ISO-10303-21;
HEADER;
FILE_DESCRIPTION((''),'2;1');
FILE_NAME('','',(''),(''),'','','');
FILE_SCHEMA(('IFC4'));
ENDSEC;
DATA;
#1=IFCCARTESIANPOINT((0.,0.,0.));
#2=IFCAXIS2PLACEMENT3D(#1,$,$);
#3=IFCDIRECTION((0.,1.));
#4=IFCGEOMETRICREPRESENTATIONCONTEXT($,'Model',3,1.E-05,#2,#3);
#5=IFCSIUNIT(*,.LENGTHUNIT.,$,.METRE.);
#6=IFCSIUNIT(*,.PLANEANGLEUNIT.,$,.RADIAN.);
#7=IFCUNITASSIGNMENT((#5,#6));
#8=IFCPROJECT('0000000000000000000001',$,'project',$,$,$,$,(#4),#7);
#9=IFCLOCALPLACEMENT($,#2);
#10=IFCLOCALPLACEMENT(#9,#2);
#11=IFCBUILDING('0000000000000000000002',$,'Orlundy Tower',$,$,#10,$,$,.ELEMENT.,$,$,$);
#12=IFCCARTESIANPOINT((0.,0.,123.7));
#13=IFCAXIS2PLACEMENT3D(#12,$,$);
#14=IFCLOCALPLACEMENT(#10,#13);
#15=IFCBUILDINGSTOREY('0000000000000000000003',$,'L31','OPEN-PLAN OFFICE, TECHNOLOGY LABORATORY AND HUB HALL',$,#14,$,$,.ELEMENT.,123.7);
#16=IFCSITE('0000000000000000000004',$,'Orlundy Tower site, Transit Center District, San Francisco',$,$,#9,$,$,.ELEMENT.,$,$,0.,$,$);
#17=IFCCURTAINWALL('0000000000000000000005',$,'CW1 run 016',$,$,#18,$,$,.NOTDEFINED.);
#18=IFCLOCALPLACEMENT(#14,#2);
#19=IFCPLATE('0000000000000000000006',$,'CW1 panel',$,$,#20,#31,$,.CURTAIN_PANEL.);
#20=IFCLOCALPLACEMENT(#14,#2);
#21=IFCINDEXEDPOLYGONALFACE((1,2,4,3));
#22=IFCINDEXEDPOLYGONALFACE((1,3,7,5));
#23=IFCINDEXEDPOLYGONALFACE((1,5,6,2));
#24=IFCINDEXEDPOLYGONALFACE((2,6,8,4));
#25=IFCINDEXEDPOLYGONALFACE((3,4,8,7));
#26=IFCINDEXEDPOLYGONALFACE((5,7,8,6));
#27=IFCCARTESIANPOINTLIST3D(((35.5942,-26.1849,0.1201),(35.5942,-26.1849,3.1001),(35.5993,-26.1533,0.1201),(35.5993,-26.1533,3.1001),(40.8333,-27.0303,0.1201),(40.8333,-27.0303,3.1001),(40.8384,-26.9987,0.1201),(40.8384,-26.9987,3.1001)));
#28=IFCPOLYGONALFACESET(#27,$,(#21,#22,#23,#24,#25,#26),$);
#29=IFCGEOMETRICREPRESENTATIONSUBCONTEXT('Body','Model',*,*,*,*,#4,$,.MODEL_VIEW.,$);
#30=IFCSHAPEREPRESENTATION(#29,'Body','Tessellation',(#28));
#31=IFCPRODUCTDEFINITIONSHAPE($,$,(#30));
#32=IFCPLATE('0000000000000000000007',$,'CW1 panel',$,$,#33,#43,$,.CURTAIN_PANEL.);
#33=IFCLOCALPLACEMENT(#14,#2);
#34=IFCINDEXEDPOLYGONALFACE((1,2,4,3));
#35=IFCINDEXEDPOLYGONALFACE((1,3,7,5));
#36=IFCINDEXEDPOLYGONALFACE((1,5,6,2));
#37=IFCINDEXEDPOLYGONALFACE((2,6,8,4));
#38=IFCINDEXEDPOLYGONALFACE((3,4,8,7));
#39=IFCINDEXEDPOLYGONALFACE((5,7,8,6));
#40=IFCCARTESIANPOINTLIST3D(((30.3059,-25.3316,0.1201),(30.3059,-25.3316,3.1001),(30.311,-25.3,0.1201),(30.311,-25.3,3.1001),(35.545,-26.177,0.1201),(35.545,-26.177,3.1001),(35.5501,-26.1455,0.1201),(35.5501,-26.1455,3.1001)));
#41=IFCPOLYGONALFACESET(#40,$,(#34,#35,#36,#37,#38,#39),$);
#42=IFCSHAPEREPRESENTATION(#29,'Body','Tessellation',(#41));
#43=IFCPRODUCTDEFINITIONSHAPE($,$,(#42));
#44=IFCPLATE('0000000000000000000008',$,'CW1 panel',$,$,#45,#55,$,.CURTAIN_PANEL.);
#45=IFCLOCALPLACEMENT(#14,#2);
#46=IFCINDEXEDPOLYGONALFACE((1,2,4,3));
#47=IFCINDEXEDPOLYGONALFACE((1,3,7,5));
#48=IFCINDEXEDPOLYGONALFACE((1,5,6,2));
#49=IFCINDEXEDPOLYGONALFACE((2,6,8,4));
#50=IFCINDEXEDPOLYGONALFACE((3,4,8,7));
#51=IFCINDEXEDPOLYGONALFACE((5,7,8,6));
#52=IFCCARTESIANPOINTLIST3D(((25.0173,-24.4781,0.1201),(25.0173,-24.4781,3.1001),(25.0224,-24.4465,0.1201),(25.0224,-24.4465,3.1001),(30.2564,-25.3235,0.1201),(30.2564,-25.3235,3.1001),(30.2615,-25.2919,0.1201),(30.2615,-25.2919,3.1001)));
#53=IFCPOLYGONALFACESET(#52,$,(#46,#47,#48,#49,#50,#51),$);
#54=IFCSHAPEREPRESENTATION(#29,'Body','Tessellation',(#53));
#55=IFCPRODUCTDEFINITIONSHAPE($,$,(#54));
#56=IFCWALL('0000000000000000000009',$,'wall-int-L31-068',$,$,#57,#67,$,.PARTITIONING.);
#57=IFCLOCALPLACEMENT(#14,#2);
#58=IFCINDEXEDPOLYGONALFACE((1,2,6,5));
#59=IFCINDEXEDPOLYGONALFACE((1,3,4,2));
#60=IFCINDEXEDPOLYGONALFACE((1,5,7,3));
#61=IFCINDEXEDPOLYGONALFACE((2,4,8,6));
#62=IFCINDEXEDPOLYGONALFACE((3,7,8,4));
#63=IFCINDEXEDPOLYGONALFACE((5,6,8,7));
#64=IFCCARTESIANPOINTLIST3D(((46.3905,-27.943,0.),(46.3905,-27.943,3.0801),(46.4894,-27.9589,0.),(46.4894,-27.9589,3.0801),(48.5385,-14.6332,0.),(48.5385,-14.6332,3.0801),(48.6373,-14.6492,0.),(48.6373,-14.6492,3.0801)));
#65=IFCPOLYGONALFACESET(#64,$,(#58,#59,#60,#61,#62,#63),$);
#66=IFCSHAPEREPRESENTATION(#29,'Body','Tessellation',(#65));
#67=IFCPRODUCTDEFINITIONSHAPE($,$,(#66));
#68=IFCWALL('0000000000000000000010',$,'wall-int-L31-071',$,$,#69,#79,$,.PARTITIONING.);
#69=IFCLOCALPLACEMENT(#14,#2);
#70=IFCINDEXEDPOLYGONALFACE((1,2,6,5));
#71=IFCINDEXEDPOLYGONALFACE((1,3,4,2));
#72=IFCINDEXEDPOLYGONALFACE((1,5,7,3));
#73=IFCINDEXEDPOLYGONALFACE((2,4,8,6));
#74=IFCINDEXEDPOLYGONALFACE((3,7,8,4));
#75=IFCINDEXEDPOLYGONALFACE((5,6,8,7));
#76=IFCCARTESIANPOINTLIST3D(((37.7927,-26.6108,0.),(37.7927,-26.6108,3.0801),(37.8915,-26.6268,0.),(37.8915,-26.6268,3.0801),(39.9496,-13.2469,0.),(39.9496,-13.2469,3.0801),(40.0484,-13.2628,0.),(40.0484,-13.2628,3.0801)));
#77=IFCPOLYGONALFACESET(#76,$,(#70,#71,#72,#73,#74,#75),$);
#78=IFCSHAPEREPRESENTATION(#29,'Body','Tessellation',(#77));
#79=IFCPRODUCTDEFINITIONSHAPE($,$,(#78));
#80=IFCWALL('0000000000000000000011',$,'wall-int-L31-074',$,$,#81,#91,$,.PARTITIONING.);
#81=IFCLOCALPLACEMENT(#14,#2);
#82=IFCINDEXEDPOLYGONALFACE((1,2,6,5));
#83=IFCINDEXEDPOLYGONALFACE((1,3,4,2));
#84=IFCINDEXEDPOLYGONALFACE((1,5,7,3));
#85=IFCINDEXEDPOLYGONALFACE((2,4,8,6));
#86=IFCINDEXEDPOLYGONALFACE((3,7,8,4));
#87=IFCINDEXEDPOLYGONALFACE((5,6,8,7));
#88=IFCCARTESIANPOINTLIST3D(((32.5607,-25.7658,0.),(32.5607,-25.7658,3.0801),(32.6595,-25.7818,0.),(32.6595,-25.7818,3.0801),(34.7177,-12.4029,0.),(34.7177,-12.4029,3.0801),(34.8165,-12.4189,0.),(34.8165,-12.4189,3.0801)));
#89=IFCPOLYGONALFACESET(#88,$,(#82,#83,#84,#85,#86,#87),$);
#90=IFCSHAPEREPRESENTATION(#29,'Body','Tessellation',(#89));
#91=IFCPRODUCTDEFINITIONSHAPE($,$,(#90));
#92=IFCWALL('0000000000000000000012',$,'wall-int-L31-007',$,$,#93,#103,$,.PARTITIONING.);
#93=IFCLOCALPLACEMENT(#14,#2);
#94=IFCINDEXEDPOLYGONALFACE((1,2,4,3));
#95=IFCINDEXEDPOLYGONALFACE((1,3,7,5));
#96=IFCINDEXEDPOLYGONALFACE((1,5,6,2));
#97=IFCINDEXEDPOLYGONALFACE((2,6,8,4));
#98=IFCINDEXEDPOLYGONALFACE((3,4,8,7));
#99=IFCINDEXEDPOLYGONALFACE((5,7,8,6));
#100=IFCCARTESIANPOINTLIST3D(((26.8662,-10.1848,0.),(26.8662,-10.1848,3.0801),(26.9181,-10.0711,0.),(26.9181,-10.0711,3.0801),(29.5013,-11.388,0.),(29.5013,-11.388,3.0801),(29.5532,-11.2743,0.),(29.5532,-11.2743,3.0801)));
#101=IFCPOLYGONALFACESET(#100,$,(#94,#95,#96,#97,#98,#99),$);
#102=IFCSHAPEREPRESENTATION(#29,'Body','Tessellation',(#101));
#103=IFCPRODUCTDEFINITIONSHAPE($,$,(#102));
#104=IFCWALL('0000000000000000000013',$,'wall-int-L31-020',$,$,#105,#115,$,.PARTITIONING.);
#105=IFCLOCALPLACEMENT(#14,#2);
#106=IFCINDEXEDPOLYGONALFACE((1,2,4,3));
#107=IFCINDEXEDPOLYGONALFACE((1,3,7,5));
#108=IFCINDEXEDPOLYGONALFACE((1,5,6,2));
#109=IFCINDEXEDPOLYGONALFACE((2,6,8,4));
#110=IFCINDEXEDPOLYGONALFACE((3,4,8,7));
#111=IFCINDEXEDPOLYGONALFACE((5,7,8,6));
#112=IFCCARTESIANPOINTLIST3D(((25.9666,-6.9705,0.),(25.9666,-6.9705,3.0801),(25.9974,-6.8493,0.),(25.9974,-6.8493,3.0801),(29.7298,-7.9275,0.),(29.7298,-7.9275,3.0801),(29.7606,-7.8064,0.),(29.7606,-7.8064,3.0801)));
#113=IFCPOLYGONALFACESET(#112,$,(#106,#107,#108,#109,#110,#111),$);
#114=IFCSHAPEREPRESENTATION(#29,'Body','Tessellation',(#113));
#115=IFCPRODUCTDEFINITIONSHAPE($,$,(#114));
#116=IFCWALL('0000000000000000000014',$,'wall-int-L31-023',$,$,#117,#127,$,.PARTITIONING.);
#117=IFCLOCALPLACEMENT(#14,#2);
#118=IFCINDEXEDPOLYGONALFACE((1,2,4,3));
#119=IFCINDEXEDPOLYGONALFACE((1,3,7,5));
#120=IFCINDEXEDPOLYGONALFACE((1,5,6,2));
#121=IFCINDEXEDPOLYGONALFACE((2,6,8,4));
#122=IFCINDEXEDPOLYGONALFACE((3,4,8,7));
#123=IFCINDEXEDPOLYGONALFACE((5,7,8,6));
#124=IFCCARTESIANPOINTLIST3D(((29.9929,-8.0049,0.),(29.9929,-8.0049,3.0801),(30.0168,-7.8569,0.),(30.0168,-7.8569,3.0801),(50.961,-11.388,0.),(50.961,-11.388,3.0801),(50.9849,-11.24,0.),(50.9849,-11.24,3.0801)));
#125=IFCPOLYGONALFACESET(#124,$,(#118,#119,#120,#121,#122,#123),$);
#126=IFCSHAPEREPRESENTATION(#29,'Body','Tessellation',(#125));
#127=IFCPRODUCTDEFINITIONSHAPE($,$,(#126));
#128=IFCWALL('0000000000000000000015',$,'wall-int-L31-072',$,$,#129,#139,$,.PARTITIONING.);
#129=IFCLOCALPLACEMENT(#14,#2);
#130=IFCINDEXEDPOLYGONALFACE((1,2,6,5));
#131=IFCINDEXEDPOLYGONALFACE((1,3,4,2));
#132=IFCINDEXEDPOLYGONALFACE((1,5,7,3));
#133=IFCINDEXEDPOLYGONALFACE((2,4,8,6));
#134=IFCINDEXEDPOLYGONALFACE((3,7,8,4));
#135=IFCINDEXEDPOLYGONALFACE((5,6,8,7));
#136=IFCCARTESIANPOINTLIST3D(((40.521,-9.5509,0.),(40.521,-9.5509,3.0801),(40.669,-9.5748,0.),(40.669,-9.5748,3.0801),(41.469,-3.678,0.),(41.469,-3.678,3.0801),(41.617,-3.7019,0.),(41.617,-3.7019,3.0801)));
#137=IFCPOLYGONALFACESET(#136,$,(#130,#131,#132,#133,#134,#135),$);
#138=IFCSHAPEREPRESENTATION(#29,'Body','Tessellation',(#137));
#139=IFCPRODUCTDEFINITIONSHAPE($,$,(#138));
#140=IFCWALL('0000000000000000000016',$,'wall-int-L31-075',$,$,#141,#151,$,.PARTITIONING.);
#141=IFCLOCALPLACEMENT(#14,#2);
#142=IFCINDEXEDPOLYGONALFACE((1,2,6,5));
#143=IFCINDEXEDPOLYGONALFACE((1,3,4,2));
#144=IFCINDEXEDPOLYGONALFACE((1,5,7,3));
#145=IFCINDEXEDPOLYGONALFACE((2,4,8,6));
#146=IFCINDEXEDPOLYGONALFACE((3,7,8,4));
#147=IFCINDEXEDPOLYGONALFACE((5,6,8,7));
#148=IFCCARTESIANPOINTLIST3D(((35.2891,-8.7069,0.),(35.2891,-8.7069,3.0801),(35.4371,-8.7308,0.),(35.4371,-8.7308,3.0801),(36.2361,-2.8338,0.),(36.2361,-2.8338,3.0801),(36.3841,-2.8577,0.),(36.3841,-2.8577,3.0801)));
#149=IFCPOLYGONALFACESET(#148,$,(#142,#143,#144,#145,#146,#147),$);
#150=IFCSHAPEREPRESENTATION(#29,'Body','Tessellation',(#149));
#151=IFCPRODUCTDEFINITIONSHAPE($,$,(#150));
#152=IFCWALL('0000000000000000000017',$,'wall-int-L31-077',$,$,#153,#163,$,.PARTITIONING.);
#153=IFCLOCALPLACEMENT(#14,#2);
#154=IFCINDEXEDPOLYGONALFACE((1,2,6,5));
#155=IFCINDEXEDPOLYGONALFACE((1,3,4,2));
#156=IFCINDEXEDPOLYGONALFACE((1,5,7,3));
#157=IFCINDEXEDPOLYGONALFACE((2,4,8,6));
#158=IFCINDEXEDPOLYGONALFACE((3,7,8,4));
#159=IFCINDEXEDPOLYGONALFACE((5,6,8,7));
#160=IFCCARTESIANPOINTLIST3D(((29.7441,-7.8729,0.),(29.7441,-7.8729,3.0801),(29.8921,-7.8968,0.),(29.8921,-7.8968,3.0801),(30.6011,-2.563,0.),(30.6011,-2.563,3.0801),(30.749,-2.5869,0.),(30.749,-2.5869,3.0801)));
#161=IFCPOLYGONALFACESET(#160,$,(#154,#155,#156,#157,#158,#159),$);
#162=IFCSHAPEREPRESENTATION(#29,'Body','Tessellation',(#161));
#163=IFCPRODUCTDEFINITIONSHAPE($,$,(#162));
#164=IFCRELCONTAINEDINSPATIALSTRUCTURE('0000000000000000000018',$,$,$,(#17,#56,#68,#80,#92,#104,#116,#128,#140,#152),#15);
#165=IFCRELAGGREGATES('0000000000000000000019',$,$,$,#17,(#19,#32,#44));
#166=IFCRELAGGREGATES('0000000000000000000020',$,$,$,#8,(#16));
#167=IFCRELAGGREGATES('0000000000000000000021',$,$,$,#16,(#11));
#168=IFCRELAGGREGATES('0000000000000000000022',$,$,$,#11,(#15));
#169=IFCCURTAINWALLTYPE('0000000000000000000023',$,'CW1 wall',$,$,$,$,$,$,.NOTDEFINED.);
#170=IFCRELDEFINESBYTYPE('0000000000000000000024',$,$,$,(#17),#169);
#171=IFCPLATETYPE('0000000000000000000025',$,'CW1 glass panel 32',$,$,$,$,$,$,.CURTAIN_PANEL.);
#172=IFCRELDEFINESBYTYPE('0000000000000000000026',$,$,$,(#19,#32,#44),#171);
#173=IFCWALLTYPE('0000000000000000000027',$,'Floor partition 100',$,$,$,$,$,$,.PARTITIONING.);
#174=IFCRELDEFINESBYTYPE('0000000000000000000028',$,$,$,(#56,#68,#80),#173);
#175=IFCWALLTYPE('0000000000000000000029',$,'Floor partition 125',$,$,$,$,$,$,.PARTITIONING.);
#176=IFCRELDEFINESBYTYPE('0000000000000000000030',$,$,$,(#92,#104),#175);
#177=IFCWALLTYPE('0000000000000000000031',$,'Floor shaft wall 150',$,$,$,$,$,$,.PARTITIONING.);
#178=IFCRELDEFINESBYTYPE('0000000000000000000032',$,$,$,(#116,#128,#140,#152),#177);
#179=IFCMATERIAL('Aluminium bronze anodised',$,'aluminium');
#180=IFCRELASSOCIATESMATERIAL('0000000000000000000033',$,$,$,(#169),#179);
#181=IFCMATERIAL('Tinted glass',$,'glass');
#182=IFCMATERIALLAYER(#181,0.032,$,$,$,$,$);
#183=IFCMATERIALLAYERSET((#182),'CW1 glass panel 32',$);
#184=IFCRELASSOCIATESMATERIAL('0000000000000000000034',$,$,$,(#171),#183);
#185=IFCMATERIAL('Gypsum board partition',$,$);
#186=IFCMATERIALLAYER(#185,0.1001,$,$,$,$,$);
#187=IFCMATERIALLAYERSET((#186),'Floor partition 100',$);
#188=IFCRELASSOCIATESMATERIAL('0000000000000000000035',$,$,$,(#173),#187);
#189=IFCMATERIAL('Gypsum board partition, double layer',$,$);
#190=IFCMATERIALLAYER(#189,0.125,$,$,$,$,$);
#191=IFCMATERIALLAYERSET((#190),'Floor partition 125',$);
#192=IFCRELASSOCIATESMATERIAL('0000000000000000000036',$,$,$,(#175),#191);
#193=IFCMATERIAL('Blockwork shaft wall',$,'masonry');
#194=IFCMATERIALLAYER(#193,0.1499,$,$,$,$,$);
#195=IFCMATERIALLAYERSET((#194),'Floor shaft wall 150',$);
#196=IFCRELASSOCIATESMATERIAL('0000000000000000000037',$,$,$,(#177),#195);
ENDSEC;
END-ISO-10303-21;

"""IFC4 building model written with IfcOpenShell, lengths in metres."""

from ifc_helpers import new_model, si_unit, direction, frame, frame_2d, origin, origin_2d, place, context, subcontext, project, spatial, rectangle, extrude, material, layer, layer_set, type_object, element, aggregate, save


model = new_model("IFC4")

# Units and contexts
model_context = context("Model", 3, precision=1e-05, world=origin(), true_north=direction((0.0, 1.0)))
body_context = subcontext(model_context, "Body", "Model", "MODEL_VIEW")
ifc_project = project(units=[si_unit("LENGTHUNIT", "METRE"), si_unit("PLANEANGLEUNIT", "RADIAN")], contexts=[model_context])

# Site, building, storey
site_placement = place(None, origin())
site = spatial("IfcSite", under=ifc_project, at=site_placement, Name="Orlundy Tower site, Transit Center District, San Francisco", CompositionType="ELEMENT", RefElevation=0.0)
building_placement = place(site_placement, origin())
building = spatial("IfcBuilding", under=site, at=building_placement, Name="Orlundy Tower", CompositionType="ELEMENT")
storey_placement = place(building_placement, frame((0.0, 0.0, 123.7)))
storey = spatial("IfcBuildingStorey", under=building, at=storey_placement, Name="L31", Description="OPEN-PLAN OFFICE, TECHNOLOGY LABORATORY AND HUB HALL", CompositionType="ELEMENT", Elevation=123.7)

# Curtain wall
ifc_material_1 = material(Name="Aluminium bronze anodised", Category="aluminium")
curtain_wall_type = type_object("IfcCurtainWallType", Name="CW1 wall", PredefinedType="NOTDEFINED", material=ifc_material_1)
curtain_wall_1_placement = place(storey_placement, origin())
curtain_wall_1 = element("IfcCurtainWall", 1, at=curtain_wall_1_placement, inside=storey, type_object=curtain_wall_type, Name="CW1 run 016", PredefinedType="NOTDEFINED")

# Shared definitions
ifc_material_2 = material(Name="Tinted glass", Category="glass")
ifc_layer_1 = layer(ifc_material_2, 0.032)
ifc_layer_set_1 = layer_set([ifc_layer_1], Name="CW1 glass panel 32")
plate_type = type_object("IfcPlateType", Name="CW1 glass panel 32", PredefinedType="CURTAIN_PANEL", material=ifc_layer_set_1)

# Plates
plate_1_placement = place(storey_placement, frame((38.2163, -26.5918, 0.1201), z_axis=(0.0, 0.0, 1.0), x_axis=(-0.987228, 0.159311, 0.0)))
plate_1 = element("IfcPlate", 2, at=plate_1_placement, type_object=plate_type, Name="CW1 panel", PredefinedType="CURTAIN_PANEL", context=body_context, shape_type="SweptSolid", body=[
    extrude(rectangle(XDim=5.3069, YDim=0.032, at=origin_2d()), origin(), (0.0, 0.0, 1.0), 2.98),
])
plate_2_placement = place(storey_placement, frame((32.928, -25.7385, 0.1201), z_axis=(0.0, 0.0, 1.0), x_axis=(-0.987228, 0.159311, 0.0)))
plate_2 = element("IfcPlate", 3, at=plate_2_placement, type_object=plate_type, Name="CW1 panel", PredefinedType="CURTAIN_PANEL", context=body_context, shape_type="SweptSolid", body=[
    extrude(rectangle(XDim=5.3069, YDim=0.032, at=origin_2d()), origin(), (0.0, 0.0, 1.0), 2.98),
])
plate_3_placement = place(storey_placement, frame((27.6394, -24.885, 0.1201), z_axis=(0.0, 0.0, 1.0), x_axis=(-0.987228, 0.159311, 0.0)))
plate_3 = element("IfcPlate", 4, at=plate_3_placement, type_object=plate_type, Name="CW1 panel", PredefinedType="CURTAIN_PANEL", context=body_context, shape_type="SweptSolid", body=[
    extrude(rectangle(XDim=5.3069, YDim=0.032, at=origin_2d()), origin(), (0.0, 0.0, 1.0), 2.98),
])
aggregate(curtain_wall_1, [plate_1, plate_2, plate_3])

# Walls
ifc_material_3 = material(Name="Gypsum board partition")
ifc_layer_2 = layer(ifc_material_3, 0.1001)
ifc_layer_set_2 = layer_set([ifc_layer_2], Name="Floor partition 100")
wall_type_1 = type_object("IfcWallType", Name="Floor partition 100", PredefinedType="PARTITIONING", material=ifc_layer_set_2)
wall_1_placement = place(storey_placement, frame((46.4399, -27.9509, 0.0), z_axis=(0.0, 0.0, 1.0), x_axis=(0.15932, 0.987227, 0.0)))
element("IfcWall", 5, at=wall_1_placement, inside=storey, type_object=wall_type_1, Name="wall-int-L31-068", PredefinedType="PARTITIONING", context=body_context, shape_type="SweptSolid", body=[
    extrude(rectangle(XDim=13.4819, YDim=0.1001, at=frame_2d((6.741, 0.0))), origin(), (0.0, 0.0, 1.0), 3.0801),
])
wall_2_placement = place(storey_placement, frame((37.842, -26.6189, 0.0), z_axis=(0.0, 0.0, 1.0), x_axis=(0.15934, 0.987224, 0.0)))
element("IfcWall", 6, at=wall_2_placement, inside=storey, type_object=wall_type_1, Name="wall-int-L31-071", PredefinedType="PARTITIONING", context=body_context, shape_type="SweptSolid", body=[
    extrude(rectangle(XDim=13.5369, YDim=0.1001, at=frame_2d((6.7686, 0.0))), origin(), (0.0, 0.0, 1.0), 3.0801),
])
wall_3_placement = place(storey_placement, frame((32.6101, -25.7739, 0.0), z_axis=(0.0, 0.0, 1.0), x_axis=(0.159352, 0.987222, 0.0)))
element("IfcWall", 7, at=wall_3_placement, inside=storey, type_object=wall_type_1, Name="wall-int-L31-074", PredefinedType="PARTITIONING", context=body_context, shape_type="SweptSolid", body=[
    extrude(rectangle(XDim=13.5359, YDim=0.1001, at=frame_2d((6.7681, 0.0))), origin(), (0.0, 0.0, 1.0), 3.0801),
])
ifc_material_4 = material(Name="Gypsum board partition, double layer")
ifc_layer_3 = layer(ifc_material_4, 0.125)
ifc_layer_set_3 = layer_set([ifc_layer_3], Name="Floor partition 125")
wall_type_2 = type_object("IfcWallType", Name="Floor partition 125", PredefinedType="PARTITIONING", material=ifc_layer_set_3)
wall_4_placement = place(storey_placement, frame((29.5271, -11.3311, 0.0), z_axis=(0.0, 0.0, 1.0), x_axis=(-0.909664, 0.415345, 0.0)))
element("IfcWall", 8, at=wall_4_placement, inside=storey, type_object=wall_type_2, Name="wall-int-L31-007", PredefinedType="PARTITIONING", context=body_context, shape_type="SweptSolid", body=[
    extrude(rectangle(XDim=2.8967, YDim=0.125, at=frame_2d((1.4482, 0.0))), origin(), (0.0, 0.0, 1.0), 3.0801),
])
wall_5_placement = place(storey_placement, frame((29.7451, -7.8669, 0.0), z_axis=(0.0, 0.0, 1.0), x_axis=(-0.969151, 0.246469, 0.0)))
element("IfcWall", 9, at=wall_5_placement, inside=storey, type_object=wall_type_2, Name="wall-int-L31-020", PredefinedType="PARTITIONING", context=body_context, shape_type="SweptSolid", body=[
    extrude(rectangle(XDim=3.8831, YDim=0.125, at=frame_2d((1.9414, 0.0))), origin(), (0.0, 0.0, 1.0), 3.0801),
])
ifc_material_5 = material(Name="Blockwork shaft wall", Category="masonry")
ifc_layer_4 = layer(ifc_material_5, 0.1499)
ifc_layer_set_4 = layer_set([ifc_layer_4], Name="Floor shaft wall 150")
wall_type_3 = type_object("IfcWallType", Name="Floor shaft wall 150", PredefinedType="PARTITIONING", material=ifc_layer_set_4)
wall_6_placement = place(storey_placement, frame((30.0049, -7.9309, 0.0), z_axis=(0.0, 0.0, 1.0), x_axis=(0.987233, -0.159284, 0.0)))
element("IfcWall", 10, at=wall_6_placement, inside=storey, type_object=wall_type_3, Name="wall-int-L31-023", PredefinedType="PARTITIONING", context=body_context, shape_type="SweptSolid", body=[
    extrude(rectangle(XDim=21.2393, YDim=0.1499, at=frame_2d((10.6196, 0.0))), origin(), (0.0, 0.0, 1.0), 3.0801),
])
for number, where, z_axis, x_axis, name in (
    (11, (40.595, -9.563, 0.0), (0.0, 0.0, 1.0), (0.159352, 0.987222, 0.0), "wall-int-L31-072"),
    (12, (35.363, -8.719, 0.0), (0.0, 0.0, 1.0), (0.159192, 0.987248, 0.0), "wall-int-L31-075"),
):
    element("IfcWall", number, at=place(storey_placement, frame(where, z_axis=z_axis, x_axis=x_axis)), inside=storey, type_object=wall_type_3, Name=name, PredefinedType="PARTITIONING", context=body_context, shape_type="SweptSolid", body=[
        extrude(rectangle(XDim=5.949, YDim=0.1499, at=frame_2d((2.9746, 0.0))), origin(), (0.0, 0.0, 1.0), 3.0801),
    ])
wall_7_placement = place(storey_placement, frame((29.8181, -7.885, 0.0), z_axis=(0.0, 0.0, 1.0), x_axis=(0.159318, 0.987227, 0.0)))
element("IfcWall", 13, at=wall_7_placement, inside=storey, type_object=wall_type_3, Name="wall-int-L31-077", PredefinedType="PARTITIONING", context=body_context, shape_type="SweptSolid", body=[
    extrude(rectangle(XDim=5.3787, YDim=0.1499, at=frame_2d((2.6895, 0.0))), origin(), (0.0, 0.0, 1.0), 3.0801),
])

save(model, "model.ifc")
